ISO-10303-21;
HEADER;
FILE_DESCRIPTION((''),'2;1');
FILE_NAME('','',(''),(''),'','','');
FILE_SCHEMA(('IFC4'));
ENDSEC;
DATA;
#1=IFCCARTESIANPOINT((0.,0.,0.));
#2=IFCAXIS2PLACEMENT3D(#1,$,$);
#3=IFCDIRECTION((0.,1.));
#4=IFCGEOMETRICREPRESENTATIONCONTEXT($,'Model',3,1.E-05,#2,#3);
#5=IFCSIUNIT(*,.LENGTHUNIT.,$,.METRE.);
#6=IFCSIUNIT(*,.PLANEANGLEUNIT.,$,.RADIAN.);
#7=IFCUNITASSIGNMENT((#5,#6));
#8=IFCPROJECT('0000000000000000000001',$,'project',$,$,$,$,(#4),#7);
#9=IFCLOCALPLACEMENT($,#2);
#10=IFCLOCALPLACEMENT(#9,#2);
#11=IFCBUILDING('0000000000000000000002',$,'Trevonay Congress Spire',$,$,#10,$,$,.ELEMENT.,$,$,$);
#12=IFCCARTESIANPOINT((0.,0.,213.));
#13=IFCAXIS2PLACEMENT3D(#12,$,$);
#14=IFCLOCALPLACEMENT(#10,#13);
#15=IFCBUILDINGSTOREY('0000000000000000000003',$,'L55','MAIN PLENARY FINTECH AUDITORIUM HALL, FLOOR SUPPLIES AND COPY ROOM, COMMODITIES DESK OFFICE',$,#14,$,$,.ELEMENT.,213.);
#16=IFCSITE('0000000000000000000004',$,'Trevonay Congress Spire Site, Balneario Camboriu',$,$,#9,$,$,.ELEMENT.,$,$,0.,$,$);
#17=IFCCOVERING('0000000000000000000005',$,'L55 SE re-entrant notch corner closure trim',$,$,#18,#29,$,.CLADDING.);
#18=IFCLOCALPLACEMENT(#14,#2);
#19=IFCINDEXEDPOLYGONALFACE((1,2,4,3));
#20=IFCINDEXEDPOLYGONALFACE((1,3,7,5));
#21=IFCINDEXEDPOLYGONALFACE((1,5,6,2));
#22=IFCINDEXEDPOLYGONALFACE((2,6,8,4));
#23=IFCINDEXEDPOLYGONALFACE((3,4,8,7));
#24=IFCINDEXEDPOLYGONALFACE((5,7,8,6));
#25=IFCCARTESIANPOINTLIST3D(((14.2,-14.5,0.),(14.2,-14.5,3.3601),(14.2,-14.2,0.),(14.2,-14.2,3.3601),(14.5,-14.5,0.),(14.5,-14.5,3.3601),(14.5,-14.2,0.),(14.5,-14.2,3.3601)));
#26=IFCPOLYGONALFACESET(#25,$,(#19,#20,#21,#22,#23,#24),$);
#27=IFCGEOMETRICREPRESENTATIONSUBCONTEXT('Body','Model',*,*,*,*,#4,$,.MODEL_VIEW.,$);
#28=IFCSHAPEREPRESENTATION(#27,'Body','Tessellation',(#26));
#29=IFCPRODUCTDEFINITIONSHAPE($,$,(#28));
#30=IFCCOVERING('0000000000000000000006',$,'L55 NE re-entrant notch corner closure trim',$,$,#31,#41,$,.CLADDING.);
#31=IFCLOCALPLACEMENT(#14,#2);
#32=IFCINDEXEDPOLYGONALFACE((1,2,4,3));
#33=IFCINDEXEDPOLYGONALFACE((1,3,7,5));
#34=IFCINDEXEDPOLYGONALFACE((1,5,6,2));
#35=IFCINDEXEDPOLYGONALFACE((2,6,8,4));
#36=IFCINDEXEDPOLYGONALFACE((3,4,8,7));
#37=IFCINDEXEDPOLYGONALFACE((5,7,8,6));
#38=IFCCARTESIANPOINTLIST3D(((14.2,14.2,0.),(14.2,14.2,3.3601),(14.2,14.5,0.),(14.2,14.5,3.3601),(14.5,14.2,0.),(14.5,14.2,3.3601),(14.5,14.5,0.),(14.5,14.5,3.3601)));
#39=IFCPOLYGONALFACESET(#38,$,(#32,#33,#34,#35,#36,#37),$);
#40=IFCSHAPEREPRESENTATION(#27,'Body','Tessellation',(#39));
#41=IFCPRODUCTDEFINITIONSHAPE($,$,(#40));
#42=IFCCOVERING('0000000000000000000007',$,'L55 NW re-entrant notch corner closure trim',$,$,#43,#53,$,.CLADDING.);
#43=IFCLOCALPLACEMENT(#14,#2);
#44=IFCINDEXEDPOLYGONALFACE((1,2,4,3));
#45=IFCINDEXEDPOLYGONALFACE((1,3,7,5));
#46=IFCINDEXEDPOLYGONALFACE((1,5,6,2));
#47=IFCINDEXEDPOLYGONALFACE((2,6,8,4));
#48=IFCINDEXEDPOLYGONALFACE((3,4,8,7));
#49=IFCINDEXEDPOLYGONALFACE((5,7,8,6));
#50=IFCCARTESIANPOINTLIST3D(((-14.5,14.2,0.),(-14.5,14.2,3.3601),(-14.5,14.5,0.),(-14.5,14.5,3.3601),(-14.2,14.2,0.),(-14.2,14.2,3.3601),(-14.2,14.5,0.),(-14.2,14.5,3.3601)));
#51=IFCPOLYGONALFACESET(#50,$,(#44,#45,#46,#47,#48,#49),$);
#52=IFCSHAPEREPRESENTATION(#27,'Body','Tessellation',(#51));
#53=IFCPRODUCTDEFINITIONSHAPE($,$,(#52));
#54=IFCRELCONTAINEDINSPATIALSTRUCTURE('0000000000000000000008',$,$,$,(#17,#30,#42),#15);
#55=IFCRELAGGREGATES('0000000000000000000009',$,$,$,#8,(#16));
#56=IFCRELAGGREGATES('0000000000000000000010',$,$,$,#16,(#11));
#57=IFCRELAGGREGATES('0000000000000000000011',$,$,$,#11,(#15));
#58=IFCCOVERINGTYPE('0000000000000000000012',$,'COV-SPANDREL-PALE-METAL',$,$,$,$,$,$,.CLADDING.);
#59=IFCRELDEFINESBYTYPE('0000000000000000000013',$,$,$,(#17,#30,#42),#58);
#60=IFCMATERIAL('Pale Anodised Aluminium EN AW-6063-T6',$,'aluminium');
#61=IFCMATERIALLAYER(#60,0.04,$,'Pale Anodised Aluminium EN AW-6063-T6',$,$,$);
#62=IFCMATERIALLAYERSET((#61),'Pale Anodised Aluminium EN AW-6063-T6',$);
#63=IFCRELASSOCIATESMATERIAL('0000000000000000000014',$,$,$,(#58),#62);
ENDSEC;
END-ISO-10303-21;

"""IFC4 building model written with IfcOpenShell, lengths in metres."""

from ifc_helpers import new_model, si_unit, direction, frame, origin, place, context, subcontext, project, spatial, polyline, outline, extrude, material, layer, layer_set, type_object, element, save


model = new_model("IFC4")

# Units and contexts
model_context = context("Model", 3, precision=1e-05, world=origin(), true_north=direction((0.0, 1.0)))
body_context = subcontext(model_context, "Body", "Model", "MODEL_VIEW")
ifc_project = project(units=[si_unit("LENGTHUNIT", "METRE"), si_unit("PLANEANGLEUNIT", "RADIAN")], contexts=[model_context])

# Site, building, storey
site_placement = place(None, origin())
site = spatial("IfcSite", under=ifc_project, at=site_placement, Name="Trevonay Congress Spire Site, Balneario Camboriu", CompositionType="ELEMENT", RefElevation=0.0)
building_placement = place(site_placement, origin())
building = spatial("IfcBuilding", under=site, at=building_placement, Name="Trevonay Congress Spire", CompositionType="ELEMENT")
storey_placement = place(building_placement, frame((0.0, 0.0, 213.0)))
storey = spatial("IfcBuildingStorey", under=building, at=storey_placement, Name="L55", Description="MAIN PLENARY FINTECH AUDITORIUM HALL, FLOOR SUPPLIES AND COPY ROOM, COMMODITIES DESK OFFICE", CompositionType="ELEMENT", Elevation=213.0)

# Shared definitions
ifc_material_1 = material(Name="Pale Anodised Aluminium EN AW-6063-T6", Category="aluminium")

# Coverings
ifc_layer_1 = layer(ifc_material_1, 0.04, Name="Pale Anodised Aluminium EN AW-6063-T6")
ifc_layer_set_1 = layer_set([ifc_layer_1], Name="Pale Anodised Aluminium EN AW-6063-T6")
covering_type = type_object("IfcCoveringType", Name="COV-SPANDREL-PALE-METAL", PredefinedType="CLADDING", material=ifc_layer_set_1)
covering_1_placement = place(storey_placement, origin())
element("IfcCovering", 1, at=covering_1_placement, inside=storey, type_object=covering_type, Name="L55 SE re-entrant notch corner closure trim", PredefinedType="CLADDING", context=body_context, shape_type="SweptSolid", body=[
    extrude(outline(polyline([(14.2, -14.5), (14.5, -14.5), (14.5, -14.2), (14.2, -14.2), (14.2, -14.5)])), origin(), (0.0, 0.0, 1.0), 3.3601),
])
covering_2_placement = place(storey_placement, origin())
element("IfcCovering", 2, at=covering_2_placement, inside=storey, type_object=covering_type, Name="L55 NE re-entrant notch corner closure trim", PredefinedType="CLADDING", context=body_context, shape_type="SweptSolid", body=[
    extrude(outline(polyline([(14.2, 14.2), (14.5, 14.2), (14.5, 14.5), (14.2, 14.5), (14.2, 14.2)])), origin(), (0.0, 0.0, 1.0), 3.3601),
])
covering_3_placement = place(storey_placement, origin())
element("IfcCovering", 3, at=covering_3_placement, inside=storey, type_object=covering_type, Name="L55 NW re-entrant notch corner closure trim", PredefinedType="CLADDING", context=body_context, shape_type="SweptSolid", body=[
    extrude(outline(polyline([(-14.5, 14.2), (-14.2, 14.2), (-14.2, 14.5), (-14.5, 14.5), (-14.5, 14.2)])), origin(), (0.0, 0.0, 1.0), 3.3601),
])

save(model, "model.ifc")
